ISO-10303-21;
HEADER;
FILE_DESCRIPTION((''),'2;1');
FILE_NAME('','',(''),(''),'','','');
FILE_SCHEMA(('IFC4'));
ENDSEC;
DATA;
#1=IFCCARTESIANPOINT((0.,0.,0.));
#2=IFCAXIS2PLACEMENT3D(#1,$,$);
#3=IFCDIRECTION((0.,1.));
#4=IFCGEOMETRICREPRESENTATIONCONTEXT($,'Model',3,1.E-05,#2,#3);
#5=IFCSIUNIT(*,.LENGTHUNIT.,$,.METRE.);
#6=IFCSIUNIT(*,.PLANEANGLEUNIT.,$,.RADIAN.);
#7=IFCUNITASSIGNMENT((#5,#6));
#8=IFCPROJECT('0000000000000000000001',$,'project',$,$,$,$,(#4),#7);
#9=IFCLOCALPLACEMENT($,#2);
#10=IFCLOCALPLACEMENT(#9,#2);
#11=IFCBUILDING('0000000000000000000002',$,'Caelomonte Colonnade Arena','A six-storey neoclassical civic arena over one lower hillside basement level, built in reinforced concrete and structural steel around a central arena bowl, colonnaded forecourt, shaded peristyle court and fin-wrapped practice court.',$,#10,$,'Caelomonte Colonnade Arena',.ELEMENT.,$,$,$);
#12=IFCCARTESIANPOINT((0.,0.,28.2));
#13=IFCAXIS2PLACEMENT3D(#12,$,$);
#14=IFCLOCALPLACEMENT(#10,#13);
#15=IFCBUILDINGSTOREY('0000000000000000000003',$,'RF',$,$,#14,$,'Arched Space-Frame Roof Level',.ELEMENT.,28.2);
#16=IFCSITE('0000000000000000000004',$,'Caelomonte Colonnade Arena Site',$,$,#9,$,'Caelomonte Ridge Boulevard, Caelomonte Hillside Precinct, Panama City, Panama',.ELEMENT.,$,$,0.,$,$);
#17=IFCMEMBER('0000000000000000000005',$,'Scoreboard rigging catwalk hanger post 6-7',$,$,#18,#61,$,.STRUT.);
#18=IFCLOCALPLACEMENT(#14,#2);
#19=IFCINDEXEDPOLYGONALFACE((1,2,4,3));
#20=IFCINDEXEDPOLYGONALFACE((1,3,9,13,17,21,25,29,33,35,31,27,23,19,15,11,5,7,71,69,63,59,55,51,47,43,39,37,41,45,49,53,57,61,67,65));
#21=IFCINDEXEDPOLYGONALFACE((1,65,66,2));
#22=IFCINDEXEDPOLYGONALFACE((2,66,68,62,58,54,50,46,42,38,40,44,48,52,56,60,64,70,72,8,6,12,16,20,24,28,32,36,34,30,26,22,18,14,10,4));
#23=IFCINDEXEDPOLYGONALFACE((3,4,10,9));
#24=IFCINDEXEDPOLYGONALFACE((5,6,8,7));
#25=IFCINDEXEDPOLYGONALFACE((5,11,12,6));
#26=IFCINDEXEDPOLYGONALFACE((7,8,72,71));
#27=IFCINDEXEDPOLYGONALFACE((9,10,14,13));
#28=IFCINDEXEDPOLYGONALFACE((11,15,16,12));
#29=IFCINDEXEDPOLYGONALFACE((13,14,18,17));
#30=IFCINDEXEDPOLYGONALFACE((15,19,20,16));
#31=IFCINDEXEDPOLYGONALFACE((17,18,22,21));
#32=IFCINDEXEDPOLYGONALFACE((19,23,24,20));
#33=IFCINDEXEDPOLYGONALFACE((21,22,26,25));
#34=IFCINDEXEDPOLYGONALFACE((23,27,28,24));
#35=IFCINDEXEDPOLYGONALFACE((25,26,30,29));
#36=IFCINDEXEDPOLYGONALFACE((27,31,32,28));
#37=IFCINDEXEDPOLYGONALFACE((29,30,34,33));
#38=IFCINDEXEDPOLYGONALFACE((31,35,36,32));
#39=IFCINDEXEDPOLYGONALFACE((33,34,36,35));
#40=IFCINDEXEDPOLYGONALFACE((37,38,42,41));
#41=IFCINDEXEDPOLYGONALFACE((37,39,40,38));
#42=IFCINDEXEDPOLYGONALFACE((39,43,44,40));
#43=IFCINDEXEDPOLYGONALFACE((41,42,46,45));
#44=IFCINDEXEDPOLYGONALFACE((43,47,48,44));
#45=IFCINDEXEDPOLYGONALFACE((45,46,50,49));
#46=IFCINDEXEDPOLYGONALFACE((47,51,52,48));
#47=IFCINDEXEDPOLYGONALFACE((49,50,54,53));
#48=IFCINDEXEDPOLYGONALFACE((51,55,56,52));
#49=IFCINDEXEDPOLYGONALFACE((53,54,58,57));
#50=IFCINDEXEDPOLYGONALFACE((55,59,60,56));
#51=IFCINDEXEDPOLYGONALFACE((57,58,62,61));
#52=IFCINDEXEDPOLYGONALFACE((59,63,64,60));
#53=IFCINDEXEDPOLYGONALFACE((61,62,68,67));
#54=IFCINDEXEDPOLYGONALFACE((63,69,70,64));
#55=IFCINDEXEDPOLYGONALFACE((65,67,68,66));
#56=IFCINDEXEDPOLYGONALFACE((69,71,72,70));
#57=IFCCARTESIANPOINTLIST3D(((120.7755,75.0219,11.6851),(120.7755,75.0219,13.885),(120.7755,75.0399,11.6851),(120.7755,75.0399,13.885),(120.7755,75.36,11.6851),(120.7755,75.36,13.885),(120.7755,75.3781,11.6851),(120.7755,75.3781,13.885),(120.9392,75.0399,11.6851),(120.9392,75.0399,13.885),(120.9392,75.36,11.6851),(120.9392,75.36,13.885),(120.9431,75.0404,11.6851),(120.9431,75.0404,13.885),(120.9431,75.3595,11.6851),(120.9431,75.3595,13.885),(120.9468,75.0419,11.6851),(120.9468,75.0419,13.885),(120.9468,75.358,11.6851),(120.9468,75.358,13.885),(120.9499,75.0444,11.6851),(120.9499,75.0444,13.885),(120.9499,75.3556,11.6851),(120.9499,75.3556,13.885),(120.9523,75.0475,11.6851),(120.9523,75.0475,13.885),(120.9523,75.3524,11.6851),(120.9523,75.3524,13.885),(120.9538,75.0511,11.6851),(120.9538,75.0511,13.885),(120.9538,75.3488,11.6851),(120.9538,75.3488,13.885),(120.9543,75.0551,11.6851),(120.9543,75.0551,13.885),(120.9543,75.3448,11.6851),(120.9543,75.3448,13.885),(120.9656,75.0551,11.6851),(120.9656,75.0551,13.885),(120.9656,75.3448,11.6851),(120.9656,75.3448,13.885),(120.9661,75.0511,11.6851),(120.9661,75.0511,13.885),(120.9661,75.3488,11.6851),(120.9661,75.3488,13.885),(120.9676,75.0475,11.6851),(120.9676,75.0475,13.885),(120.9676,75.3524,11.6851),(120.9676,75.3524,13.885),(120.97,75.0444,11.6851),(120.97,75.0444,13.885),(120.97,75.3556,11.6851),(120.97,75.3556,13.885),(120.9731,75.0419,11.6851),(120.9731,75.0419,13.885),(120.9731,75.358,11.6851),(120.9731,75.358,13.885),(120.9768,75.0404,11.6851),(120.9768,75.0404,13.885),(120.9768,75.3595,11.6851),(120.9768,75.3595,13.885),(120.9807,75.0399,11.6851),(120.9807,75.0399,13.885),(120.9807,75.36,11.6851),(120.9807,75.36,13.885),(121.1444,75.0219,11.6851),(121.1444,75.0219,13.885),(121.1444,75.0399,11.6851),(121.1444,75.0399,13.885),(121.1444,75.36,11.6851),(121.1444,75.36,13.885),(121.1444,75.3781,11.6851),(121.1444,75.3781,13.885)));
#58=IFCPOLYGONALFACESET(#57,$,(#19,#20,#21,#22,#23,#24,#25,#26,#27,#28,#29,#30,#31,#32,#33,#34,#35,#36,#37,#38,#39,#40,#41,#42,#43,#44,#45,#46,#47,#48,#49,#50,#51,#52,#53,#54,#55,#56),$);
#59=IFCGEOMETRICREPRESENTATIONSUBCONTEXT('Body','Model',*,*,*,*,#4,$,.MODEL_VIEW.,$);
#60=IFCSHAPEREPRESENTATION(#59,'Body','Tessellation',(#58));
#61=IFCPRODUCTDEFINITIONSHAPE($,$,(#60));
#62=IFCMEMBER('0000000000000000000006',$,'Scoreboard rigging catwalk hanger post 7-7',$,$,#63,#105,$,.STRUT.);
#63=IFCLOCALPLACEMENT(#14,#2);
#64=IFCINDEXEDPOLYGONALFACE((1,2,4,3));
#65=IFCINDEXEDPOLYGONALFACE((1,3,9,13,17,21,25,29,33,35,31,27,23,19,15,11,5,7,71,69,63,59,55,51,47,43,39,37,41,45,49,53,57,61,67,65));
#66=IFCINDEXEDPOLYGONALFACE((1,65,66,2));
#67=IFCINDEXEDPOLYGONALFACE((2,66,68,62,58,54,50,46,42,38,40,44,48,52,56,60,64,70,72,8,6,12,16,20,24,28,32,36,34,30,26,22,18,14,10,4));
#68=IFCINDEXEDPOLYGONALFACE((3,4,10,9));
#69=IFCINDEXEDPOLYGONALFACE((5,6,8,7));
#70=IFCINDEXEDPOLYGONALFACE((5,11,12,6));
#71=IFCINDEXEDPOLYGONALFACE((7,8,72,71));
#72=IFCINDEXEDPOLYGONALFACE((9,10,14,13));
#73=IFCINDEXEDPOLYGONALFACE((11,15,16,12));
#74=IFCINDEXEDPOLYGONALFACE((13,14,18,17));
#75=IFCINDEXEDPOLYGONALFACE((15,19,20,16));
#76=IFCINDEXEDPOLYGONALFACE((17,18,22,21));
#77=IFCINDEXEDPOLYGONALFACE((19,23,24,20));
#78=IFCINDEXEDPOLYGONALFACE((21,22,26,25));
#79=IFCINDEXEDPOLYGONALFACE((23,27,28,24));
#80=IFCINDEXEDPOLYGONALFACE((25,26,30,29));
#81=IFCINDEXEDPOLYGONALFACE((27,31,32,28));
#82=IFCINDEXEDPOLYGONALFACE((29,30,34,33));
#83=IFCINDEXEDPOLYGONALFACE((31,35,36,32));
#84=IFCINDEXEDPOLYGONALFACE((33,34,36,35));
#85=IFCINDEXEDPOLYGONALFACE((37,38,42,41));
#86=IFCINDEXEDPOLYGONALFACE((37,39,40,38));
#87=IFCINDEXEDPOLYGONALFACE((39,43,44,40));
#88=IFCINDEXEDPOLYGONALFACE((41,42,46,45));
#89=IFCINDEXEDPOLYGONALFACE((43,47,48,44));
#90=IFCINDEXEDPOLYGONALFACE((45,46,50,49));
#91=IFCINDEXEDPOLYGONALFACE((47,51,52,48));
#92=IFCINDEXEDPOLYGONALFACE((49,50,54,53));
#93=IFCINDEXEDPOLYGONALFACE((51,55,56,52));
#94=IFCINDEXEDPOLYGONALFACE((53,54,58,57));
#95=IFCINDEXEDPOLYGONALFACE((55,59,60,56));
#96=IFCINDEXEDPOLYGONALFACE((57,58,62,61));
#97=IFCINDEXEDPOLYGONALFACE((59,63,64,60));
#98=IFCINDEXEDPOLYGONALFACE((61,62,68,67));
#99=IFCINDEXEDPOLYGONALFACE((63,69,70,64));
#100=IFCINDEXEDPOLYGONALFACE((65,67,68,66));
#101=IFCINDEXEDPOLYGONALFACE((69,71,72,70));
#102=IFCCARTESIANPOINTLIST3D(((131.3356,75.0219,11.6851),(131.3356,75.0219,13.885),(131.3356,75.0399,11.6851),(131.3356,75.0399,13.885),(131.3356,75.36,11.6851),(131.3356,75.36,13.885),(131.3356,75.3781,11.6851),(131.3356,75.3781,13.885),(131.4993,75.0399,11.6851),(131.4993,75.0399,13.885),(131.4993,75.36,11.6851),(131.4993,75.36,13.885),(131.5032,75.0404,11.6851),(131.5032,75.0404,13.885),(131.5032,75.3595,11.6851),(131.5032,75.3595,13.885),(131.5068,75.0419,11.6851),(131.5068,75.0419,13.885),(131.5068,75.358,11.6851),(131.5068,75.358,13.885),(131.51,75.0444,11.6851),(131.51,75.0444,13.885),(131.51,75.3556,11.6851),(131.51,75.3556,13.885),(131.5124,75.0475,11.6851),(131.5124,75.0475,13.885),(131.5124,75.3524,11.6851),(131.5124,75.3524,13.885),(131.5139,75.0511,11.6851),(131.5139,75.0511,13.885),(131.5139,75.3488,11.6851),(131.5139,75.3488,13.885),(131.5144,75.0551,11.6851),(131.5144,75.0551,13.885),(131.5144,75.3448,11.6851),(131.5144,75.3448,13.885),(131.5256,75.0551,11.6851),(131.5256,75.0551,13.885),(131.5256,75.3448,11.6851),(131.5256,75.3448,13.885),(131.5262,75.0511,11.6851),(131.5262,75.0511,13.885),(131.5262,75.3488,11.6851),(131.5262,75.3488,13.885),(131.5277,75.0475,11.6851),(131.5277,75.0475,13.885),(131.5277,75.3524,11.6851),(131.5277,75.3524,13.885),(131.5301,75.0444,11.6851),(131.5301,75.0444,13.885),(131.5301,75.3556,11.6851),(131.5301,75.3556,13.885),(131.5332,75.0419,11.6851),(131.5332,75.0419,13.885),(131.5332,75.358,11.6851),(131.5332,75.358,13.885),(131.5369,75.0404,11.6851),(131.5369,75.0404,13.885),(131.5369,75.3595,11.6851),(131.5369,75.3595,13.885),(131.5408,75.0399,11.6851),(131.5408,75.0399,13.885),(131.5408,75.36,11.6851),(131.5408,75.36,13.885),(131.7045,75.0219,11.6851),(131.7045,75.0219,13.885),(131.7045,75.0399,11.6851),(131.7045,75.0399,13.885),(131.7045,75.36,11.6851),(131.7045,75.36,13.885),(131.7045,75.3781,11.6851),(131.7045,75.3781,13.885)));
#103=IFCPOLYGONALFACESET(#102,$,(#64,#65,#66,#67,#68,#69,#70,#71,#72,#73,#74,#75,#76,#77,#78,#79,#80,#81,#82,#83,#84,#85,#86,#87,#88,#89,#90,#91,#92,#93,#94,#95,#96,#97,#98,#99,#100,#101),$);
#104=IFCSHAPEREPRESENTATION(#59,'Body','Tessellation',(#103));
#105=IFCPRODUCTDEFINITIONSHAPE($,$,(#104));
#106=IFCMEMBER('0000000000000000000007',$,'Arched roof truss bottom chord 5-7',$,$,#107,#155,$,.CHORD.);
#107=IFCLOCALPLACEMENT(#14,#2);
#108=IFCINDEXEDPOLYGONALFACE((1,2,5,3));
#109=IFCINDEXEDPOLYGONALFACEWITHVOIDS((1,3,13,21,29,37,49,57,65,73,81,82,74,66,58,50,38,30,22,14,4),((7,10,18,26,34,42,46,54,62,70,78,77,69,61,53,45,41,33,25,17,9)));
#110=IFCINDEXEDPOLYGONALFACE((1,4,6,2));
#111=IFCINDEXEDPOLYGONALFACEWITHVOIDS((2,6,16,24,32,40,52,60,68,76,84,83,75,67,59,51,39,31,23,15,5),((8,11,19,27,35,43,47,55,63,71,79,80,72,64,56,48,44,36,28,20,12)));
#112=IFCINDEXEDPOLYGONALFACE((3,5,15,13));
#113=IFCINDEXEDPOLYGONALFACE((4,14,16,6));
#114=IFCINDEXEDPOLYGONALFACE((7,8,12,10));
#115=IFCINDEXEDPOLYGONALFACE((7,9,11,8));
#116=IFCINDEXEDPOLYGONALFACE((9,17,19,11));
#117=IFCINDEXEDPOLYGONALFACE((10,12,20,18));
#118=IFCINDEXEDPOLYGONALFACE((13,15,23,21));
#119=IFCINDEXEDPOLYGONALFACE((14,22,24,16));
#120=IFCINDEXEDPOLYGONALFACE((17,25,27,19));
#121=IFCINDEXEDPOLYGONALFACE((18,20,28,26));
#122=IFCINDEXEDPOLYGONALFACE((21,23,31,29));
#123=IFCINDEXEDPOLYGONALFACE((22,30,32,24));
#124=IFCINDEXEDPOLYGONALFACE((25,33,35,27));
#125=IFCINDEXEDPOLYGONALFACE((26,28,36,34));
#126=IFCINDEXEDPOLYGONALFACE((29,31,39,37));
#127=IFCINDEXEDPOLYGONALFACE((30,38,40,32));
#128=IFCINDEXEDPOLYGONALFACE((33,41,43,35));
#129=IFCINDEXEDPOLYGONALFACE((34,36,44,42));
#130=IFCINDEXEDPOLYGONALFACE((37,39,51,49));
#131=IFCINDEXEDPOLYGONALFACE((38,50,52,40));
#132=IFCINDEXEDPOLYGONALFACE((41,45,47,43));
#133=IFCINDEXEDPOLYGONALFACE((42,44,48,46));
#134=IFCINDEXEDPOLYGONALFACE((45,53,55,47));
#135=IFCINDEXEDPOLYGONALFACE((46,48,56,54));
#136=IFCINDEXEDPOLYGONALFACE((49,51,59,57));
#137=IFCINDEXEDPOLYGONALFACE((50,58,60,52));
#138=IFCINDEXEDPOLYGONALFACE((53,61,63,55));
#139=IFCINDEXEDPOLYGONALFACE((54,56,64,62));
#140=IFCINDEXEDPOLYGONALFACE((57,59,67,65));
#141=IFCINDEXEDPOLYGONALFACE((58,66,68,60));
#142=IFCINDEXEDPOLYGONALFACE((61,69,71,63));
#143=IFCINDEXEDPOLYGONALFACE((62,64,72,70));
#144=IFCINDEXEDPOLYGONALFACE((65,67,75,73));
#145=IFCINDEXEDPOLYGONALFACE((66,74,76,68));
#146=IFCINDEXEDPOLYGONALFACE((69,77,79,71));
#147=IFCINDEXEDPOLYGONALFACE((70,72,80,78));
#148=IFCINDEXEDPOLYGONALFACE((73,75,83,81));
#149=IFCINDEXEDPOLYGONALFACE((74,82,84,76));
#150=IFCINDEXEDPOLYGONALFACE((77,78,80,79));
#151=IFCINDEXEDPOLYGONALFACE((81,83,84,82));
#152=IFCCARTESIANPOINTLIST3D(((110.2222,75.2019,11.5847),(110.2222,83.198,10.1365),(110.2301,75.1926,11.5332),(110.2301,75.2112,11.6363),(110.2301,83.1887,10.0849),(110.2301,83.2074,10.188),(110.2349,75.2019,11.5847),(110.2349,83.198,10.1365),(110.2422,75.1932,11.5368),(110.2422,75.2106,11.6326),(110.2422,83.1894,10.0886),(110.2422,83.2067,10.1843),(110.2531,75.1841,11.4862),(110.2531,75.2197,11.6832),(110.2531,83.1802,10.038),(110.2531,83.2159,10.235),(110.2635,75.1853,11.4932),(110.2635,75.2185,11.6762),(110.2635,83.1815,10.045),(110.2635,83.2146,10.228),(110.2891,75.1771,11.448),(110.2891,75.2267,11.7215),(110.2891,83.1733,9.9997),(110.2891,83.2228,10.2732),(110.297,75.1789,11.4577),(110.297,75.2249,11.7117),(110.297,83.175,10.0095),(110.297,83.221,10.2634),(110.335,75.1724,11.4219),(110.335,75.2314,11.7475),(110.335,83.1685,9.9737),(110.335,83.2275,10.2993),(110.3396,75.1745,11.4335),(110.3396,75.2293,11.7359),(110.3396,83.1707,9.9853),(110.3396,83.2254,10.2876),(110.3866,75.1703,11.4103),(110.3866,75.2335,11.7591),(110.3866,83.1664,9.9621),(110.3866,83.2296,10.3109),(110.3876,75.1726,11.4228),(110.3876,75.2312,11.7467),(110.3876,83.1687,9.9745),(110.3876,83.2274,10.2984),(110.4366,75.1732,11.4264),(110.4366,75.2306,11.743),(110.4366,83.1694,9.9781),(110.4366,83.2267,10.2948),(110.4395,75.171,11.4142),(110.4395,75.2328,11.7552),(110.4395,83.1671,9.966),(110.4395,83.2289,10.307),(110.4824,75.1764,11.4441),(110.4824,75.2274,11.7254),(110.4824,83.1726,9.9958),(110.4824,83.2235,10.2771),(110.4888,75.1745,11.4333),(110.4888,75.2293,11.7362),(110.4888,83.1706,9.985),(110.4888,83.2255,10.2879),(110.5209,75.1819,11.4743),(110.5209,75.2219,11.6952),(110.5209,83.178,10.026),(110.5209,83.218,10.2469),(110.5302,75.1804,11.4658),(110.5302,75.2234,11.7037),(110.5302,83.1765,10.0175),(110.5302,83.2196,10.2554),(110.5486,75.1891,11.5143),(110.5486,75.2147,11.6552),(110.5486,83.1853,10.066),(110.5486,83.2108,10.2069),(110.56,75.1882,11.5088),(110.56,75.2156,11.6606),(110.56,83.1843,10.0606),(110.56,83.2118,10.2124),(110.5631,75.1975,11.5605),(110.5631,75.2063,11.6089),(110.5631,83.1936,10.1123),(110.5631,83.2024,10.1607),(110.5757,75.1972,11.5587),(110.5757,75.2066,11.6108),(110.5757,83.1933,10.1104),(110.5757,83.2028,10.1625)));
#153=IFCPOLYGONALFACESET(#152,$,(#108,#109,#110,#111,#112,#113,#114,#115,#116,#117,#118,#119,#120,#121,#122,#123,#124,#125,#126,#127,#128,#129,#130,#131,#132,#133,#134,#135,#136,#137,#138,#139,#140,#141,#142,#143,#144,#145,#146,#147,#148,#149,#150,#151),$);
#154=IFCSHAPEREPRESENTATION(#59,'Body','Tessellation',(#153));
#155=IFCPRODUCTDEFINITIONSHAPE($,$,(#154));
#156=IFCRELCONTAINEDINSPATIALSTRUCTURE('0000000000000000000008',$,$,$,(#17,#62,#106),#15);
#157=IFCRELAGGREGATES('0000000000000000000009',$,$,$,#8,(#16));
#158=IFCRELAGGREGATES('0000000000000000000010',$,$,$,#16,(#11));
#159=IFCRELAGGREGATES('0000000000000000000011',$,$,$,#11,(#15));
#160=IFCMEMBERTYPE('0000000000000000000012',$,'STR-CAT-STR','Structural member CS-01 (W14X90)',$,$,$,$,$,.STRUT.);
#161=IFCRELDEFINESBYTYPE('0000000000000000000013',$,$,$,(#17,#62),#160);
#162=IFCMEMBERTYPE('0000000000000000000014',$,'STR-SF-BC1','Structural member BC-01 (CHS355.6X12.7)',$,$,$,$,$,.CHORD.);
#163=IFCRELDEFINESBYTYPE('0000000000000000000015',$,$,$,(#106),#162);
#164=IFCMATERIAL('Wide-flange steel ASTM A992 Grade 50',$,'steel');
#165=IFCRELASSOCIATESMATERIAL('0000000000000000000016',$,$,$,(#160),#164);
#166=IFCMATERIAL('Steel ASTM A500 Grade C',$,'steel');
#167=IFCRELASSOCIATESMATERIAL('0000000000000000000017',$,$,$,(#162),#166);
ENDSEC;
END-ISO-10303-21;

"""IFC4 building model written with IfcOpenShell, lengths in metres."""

from ifc_helpers import new_model, si_unit, direction, frame, origin, origin_2d, place, context, subcontext, project, spatial, hollow_circle, i_section, extrude, material, material_profile, profile_set, type_object, element, save


model = new_model("IFC4")

# Units and contexts
model_context = context("Model", 3, precision=1e-05, world=origin(), true_north=direction((0.0, 1.0)))
body_context = subcontext(model_context, "Body", "Model", "MODEL_VIEW")
ifc_project = project(units=[si_unit("LENGTHUNIT", "METRE"), si_unit("PLANEANGLEUNIT", "RADIAN")], contexts=[model_context])

# Site, building, storey
site_placement = place(None, origin())
site = spatial("IfcSite", under=ifc_project, at=site_placement, Name="Caelomonte Colonnade Arena Site", LongName="Caelomonte Ridge Boulevard, Caelomonte Hillside Precinct, Panama City, Panama", CompositionType="ELEMENT", RefElevation=0.0)
building_placement = place(site_placement, origin())
building = spatial("IfcBuilding", under=site, at=building_placement, Name="Caelomonte Colonnade Arena", Description="A six-storey neoclassical civic arena over one lower hillside basement level, built in reinforced concrete and structural steel around a central arena bowl, colonnaded forecourt, shaded peristyle court and fin-wrapped practice court.", LongName="Caelomonte Colonnade Arena", CompositionType="ELEMENT")
storey_placement = place(building_placement, frame((0.0, 0.0, 28.2)))
storey = spatial("IfcBuildingStorey", under=building, at=storey_placement, Name="RF", LongName="Arched Space-Frame Roof Level", CompositionType="ELEMENT", Elevation=28.2)

# Members
ifc_material_1 = material(Name="Wide-flange steel ASTM A992 Grade 50", Category="steel")
ifc_material_profile_1 = material_profile(ifc_material_1, i_section(OverallWidth=0.3689, OverallDepth=0.3562, WebThickness=0.0112, FlangeThickness=0.0181, FilletRadius=0.0151, at=origin_2d()), Name="W14X90")
ifc_profile_set_1 = profile_set([ifc_material_profile_1], Name="Wide-flange steel ASTM A992 Grade 50")
member_type_1 = type_object("IfcMemberType", Name="STR-CAT-STR", Description="Structural member CS-01 (W14X90)", PredefinedType="STRUT", material=ifc_profile_set_1)
for number, where, z_axis, x_axis, name in (
    (1, (120.96, 75.2, 11.6851), (0.0, 0.0, 1.0), (1.0, 0.0, 0.0), "Scoreboard rigging catwalk hanger post 6-7"),
    (2, (131.52, 75.2, 11.6851), (0.0, 0.0, 1.0), (1.0, 0.0, 0.0), "Scoreboard rigging catwalk hanger post 7-7"),
):
    element("IfcMember", number, at=place(storey_placement, frame(where, z_axis=z_axis, x_axis=x_axis)), inside=storey, type_object=member_type_1, Name=name, PredefinedType="STRUT", context=body_context, shape_type="SweptSolid", body=[
        extrude(i_section(OverallWidth=0.3689, OverallDepth=0.3562, WebThickness=0.0112, FlangeThickness=0.0181, FilletRadius=0.0151, at=origin_2d()), origin(), (0.0, 0.0, 1.0), 2.2),
    ])
ifc_material_2 = material(Name="Steel ASTM A500 Grade C", Category="steel")
ifc_material_profile_2 = material_profile(ifc_material_2, hollow_circle(Radius=0.1777, WallThickness=0.0127, at=origin_2d()), Name="CHS355.6X12.7")
ifc_profile_set_2 = profile_set([ifc_material_profile_2], Name="Steel ASTM A500 Grade C")
member_type_2 = type_object("IfcMemberType", Name="STR-SF-BC1", Description="Structural member BC-01 (CHS355.6X12.7)", PredefinedType="CHORD", material=ifc_profile_set_2)
member_1_placement = place(storey_placement, frame((110.3999, 75.2019, 11.5847), z_axis=(0.0, 0.983991, -0.178219), x_axis=(-1.0, 0.0, 0.0)))
element("IfcMember", 3, at=member_1_placement, inside=storey, type_object=member_type_2, Name="Arched roof truss bottom chord 5-7", PredefinedType="CHORD", context=body_context, shape_type="SweptSolid", body=[
    extrude(hollow_circle(Radius=0.1777, WallThickness=0.0127, at=origin_2d()), origin(), (0.0, 0.0, 1.0), 8.1262),
])

save(model, "model.ifc")
